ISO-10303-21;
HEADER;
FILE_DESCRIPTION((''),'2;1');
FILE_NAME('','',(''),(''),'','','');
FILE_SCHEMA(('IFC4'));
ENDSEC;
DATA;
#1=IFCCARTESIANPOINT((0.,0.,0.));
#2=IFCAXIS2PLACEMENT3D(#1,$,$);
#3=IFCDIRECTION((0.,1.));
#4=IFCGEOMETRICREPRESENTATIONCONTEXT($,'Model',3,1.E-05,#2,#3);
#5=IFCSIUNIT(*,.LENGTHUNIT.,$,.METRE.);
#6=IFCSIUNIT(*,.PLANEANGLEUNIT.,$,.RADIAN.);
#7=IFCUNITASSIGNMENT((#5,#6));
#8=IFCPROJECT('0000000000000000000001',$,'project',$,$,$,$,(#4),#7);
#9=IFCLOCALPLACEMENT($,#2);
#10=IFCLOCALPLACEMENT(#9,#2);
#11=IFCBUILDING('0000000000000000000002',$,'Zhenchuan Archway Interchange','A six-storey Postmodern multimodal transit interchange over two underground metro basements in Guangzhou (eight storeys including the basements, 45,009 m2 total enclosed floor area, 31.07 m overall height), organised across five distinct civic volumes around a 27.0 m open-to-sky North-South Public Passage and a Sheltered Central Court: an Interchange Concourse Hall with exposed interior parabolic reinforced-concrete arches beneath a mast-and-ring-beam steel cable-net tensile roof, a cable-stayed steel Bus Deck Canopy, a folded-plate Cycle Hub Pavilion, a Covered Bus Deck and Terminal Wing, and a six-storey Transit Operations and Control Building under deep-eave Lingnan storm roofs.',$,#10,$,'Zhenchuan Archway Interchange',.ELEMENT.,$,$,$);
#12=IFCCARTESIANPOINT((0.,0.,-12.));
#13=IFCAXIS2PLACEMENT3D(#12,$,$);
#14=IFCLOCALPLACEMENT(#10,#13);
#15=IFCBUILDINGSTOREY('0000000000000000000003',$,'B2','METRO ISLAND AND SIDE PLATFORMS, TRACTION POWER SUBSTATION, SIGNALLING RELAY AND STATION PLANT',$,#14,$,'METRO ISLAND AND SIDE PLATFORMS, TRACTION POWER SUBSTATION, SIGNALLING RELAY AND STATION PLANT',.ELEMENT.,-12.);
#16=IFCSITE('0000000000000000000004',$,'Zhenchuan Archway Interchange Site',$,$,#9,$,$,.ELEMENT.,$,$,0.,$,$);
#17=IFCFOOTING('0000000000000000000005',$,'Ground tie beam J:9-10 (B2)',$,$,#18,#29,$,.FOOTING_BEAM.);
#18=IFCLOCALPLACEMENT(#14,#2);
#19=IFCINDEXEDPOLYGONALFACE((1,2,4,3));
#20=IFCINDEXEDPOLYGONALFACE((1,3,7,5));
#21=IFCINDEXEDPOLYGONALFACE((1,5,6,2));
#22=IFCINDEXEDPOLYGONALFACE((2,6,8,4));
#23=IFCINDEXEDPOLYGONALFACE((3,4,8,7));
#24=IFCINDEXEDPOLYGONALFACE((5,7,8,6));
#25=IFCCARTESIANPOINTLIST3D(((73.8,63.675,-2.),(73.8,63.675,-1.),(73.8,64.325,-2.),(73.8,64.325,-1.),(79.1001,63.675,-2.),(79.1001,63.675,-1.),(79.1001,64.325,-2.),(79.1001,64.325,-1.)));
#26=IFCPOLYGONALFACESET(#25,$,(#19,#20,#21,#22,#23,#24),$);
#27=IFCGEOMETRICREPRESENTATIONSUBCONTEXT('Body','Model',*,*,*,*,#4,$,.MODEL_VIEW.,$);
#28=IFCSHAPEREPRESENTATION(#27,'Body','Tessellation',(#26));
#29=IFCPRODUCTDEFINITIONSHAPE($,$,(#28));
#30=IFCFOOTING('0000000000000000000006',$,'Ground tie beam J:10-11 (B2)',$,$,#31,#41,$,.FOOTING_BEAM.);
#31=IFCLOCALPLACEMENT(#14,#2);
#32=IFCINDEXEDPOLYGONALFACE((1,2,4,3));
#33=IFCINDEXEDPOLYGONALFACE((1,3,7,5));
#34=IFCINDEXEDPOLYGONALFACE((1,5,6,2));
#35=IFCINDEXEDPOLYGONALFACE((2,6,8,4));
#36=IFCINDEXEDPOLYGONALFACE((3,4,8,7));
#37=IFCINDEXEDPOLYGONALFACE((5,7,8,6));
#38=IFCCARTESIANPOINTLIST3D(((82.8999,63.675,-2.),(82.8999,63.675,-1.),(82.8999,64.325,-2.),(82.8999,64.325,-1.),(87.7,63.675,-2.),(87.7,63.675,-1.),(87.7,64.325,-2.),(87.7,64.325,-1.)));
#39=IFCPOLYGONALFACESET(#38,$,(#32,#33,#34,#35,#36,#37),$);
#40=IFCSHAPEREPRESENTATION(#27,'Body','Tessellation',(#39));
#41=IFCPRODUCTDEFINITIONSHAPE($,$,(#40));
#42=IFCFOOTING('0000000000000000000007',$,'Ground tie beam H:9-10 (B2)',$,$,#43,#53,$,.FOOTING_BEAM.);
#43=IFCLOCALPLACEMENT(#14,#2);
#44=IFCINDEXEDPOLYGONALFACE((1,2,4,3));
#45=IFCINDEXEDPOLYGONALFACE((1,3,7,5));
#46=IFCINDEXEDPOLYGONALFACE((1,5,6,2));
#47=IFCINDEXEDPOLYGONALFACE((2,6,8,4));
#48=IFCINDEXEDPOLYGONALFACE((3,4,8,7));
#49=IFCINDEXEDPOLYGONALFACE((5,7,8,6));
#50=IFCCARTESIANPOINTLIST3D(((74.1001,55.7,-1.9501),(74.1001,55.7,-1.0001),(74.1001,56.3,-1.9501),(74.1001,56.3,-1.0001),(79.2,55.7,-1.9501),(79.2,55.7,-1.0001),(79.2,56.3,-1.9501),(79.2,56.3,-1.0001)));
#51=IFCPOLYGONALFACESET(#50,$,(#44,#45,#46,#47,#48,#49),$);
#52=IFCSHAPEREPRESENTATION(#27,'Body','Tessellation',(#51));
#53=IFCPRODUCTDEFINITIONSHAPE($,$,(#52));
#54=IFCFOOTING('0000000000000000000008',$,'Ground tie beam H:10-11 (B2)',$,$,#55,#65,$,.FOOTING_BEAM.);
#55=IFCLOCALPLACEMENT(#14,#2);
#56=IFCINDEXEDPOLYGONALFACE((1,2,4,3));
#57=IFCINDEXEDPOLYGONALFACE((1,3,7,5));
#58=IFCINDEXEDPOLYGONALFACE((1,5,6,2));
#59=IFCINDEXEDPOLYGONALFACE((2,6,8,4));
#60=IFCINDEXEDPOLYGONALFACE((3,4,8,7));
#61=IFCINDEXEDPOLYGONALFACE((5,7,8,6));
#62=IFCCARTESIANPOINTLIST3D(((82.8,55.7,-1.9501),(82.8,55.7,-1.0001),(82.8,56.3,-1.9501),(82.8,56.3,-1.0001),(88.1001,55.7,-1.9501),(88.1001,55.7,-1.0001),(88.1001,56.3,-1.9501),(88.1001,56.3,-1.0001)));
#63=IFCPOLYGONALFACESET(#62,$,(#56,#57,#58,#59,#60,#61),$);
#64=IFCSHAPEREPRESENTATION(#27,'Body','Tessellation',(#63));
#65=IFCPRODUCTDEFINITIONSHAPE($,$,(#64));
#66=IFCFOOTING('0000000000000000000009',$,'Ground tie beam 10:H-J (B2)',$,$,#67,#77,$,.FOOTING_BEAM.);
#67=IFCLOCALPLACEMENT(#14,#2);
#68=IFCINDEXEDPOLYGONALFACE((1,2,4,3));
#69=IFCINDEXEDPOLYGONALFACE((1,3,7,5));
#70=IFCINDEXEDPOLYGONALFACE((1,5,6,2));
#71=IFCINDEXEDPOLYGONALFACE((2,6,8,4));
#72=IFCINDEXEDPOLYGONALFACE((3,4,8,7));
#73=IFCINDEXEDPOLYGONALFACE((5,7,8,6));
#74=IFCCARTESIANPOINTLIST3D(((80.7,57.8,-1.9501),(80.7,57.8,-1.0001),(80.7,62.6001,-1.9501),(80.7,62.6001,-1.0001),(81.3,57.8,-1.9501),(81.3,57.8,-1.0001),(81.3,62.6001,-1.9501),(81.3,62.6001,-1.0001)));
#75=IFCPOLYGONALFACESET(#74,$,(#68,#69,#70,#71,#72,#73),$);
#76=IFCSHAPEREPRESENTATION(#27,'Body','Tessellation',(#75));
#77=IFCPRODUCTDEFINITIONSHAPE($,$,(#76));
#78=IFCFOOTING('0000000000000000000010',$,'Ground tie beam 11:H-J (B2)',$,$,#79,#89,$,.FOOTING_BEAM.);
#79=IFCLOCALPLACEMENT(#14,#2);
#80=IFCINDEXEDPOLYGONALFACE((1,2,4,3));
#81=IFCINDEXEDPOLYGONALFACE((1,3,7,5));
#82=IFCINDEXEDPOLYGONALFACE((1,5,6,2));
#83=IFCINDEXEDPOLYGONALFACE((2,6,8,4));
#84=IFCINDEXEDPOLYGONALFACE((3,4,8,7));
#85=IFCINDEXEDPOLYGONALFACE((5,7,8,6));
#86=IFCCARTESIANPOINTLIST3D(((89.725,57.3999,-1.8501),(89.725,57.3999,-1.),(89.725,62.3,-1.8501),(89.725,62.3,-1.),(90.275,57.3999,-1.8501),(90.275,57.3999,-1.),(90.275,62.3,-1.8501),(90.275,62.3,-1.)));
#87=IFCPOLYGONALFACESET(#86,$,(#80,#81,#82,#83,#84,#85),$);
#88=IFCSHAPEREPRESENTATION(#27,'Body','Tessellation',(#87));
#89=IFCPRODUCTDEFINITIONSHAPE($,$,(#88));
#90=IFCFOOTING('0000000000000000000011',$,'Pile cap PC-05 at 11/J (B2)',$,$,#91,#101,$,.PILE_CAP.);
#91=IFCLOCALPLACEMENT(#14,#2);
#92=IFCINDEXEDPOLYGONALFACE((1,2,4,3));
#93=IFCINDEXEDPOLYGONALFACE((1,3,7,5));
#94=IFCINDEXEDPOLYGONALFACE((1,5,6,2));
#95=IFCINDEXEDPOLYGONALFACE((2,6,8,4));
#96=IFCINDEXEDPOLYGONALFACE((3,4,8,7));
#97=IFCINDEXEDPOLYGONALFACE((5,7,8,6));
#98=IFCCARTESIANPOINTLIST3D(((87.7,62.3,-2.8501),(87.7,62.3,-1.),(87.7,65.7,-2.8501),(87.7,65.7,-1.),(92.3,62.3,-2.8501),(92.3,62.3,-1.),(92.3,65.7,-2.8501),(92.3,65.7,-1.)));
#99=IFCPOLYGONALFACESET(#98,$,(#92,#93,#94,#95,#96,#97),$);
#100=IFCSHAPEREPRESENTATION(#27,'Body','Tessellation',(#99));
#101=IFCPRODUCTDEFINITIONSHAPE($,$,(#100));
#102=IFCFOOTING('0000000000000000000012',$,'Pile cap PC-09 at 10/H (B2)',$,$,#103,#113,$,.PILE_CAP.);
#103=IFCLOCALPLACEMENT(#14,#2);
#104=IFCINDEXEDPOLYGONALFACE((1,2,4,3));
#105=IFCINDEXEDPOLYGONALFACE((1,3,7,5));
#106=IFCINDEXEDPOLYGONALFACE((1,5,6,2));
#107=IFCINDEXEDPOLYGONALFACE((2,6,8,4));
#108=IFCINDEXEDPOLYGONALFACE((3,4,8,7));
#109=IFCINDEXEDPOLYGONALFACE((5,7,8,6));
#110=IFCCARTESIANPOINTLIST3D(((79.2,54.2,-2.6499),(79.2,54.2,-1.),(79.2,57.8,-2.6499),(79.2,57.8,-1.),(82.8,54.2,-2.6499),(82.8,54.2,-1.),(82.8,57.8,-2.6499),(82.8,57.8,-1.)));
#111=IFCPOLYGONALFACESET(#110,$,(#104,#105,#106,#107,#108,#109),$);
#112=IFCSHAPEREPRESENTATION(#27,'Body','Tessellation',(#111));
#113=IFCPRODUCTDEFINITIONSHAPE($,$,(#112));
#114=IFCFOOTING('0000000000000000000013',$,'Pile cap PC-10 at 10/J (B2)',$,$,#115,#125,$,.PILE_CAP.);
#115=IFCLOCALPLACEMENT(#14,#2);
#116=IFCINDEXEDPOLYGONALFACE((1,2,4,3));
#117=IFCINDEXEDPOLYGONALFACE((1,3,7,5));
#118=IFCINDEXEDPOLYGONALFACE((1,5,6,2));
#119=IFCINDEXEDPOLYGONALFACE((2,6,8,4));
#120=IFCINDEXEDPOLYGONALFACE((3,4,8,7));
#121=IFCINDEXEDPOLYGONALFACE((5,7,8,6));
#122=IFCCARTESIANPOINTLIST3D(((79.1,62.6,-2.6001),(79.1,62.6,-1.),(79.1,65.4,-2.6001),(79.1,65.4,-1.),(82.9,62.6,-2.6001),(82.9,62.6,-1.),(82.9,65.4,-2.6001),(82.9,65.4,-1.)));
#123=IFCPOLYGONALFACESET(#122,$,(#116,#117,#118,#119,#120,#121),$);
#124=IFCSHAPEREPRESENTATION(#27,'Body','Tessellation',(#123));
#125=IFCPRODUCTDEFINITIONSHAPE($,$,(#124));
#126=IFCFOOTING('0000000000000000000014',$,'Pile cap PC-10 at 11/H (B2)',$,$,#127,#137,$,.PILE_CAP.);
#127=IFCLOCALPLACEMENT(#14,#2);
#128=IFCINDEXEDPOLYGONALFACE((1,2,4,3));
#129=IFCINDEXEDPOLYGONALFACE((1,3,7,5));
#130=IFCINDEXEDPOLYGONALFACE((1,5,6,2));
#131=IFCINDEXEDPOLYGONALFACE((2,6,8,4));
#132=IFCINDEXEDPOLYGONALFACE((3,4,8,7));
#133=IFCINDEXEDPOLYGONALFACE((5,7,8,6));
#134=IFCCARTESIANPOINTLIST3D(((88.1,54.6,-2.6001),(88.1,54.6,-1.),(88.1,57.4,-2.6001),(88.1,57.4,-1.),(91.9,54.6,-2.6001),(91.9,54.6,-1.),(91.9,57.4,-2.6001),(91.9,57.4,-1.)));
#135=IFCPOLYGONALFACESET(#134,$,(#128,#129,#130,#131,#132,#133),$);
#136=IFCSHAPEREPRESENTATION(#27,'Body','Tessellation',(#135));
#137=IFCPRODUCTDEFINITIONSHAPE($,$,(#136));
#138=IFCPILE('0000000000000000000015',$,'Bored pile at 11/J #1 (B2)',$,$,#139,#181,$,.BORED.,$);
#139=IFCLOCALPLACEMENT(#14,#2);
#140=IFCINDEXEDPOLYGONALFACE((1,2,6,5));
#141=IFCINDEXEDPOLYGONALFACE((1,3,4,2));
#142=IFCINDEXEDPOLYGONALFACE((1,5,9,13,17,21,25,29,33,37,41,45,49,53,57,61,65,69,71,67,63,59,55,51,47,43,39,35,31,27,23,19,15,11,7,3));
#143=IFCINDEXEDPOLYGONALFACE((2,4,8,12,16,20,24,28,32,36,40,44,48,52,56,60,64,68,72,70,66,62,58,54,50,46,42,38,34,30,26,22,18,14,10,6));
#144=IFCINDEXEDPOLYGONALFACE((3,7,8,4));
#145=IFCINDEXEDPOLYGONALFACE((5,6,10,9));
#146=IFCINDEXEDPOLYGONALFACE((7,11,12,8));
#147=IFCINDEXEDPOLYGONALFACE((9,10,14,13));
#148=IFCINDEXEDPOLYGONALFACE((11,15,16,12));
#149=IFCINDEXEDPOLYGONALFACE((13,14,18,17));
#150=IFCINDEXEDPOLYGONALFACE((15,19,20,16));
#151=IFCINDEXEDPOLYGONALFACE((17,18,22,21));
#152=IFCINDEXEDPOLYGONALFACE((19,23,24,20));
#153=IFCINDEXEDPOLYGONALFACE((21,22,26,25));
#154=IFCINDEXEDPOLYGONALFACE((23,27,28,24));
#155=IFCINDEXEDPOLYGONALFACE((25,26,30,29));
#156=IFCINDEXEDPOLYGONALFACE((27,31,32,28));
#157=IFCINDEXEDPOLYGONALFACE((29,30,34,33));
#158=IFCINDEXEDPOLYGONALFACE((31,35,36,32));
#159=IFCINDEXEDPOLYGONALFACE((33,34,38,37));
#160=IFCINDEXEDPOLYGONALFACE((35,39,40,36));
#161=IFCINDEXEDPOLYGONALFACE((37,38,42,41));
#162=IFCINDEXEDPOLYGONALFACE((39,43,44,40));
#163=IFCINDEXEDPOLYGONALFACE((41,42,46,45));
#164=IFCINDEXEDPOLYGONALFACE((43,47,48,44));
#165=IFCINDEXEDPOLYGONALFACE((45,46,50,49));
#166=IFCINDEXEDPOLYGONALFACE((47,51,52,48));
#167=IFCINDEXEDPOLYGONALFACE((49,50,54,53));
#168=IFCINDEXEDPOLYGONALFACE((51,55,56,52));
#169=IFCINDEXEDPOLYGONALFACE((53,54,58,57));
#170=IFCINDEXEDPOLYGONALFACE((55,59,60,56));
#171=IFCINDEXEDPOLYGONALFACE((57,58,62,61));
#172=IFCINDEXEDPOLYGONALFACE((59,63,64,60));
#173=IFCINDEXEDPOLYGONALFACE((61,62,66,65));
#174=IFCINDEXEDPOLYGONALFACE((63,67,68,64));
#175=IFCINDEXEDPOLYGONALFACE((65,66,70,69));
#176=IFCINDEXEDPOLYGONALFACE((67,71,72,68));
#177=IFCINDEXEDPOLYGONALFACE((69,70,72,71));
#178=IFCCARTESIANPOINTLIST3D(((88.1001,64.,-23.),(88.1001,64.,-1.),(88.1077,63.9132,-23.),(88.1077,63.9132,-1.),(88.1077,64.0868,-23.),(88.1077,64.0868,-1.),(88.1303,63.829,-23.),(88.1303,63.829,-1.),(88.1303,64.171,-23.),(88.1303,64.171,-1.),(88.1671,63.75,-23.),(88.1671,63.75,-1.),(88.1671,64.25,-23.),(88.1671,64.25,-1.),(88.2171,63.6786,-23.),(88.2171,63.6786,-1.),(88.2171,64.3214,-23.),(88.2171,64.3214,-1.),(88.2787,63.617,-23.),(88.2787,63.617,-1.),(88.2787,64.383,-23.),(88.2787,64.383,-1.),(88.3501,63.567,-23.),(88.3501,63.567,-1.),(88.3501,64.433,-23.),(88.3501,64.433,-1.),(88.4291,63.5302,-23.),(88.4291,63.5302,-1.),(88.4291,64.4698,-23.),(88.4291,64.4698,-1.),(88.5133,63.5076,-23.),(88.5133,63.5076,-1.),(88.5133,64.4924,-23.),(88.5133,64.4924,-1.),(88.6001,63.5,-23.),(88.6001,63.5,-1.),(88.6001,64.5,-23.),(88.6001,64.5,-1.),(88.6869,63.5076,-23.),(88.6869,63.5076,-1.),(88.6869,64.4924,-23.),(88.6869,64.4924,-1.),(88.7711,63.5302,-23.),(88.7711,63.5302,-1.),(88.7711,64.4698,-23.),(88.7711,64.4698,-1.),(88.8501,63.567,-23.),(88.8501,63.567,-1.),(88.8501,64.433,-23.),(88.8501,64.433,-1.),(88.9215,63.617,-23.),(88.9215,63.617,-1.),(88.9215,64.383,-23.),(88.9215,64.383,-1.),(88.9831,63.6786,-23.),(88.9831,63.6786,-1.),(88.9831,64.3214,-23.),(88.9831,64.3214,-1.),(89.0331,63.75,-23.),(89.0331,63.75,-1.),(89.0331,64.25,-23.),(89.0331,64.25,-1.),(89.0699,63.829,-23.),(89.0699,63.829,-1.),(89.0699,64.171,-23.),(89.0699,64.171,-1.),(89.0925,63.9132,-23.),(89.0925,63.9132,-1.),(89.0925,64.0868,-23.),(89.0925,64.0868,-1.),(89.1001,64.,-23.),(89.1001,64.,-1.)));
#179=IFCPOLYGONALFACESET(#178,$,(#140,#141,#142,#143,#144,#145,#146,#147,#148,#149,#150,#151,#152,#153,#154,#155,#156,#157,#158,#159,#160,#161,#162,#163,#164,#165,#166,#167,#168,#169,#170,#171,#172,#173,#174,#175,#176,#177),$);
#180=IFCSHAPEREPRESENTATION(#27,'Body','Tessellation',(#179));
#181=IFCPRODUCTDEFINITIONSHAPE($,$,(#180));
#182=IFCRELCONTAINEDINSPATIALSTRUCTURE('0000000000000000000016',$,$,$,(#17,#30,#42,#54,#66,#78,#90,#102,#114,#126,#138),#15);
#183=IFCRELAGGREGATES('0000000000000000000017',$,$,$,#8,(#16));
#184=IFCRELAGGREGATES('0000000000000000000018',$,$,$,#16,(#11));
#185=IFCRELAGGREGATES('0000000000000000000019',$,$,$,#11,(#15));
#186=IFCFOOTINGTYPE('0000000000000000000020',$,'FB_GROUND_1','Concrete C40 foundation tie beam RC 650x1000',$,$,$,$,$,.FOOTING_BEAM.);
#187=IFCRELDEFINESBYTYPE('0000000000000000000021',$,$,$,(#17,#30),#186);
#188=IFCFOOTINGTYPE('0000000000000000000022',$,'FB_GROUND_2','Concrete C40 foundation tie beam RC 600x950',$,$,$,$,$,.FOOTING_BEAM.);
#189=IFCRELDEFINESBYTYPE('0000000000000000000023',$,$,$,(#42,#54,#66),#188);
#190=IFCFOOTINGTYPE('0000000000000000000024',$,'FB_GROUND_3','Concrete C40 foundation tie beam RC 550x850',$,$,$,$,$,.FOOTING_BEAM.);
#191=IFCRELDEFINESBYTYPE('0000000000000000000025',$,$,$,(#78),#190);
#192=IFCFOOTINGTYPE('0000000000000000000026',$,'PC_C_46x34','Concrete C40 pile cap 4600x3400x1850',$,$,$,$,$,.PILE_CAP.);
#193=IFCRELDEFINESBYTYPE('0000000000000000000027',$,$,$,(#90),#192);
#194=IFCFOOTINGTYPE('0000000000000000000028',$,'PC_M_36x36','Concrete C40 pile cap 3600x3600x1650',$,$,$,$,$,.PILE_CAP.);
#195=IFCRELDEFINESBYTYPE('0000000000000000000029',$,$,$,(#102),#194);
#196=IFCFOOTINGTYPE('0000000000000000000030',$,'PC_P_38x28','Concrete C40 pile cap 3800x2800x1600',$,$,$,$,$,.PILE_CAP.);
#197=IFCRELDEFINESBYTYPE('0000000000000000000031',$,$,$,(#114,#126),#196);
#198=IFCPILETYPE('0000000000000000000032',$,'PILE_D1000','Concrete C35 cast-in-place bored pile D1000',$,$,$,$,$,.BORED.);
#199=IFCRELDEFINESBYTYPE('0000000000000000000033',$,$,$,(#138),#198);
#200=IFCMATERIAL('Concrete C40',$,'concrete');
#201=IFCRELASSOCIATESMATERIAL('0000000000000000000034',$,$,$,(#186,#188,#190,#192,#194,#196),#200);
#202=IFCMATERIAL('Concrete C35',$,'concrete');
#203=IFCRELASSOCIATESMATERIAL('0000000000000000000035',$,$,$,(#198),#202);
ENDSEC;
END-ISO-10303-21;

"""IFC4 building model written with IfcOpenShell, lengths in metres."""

from ifc_helpers import new_model, si_unit, direction, frame, origin, origin_2d, place, context, subcontext, project, spatial, rectangle, circle, extrude, material, material_profile, profile_set, type_object, element, save


model = new_model("IFC4")

# Units and contexts
model_context = context("Model", 3, precision=1e-05, world=origin(), true_north=direction((0.0, 1.0)))
body_context = subcontext(model_context, "Body", "Model", "MODEL_VIEW")
ifc_project = project(units=[si_unit("LENGTHUNIT", "METRE"), si_unit("PLANEANGLEUNIT", "RADIAN")], contexts=[model_context])

# Site, building, storey
site_placement = place(None, origin())
site = spatial("IfcSite", under=ifc_project, at=site_placement, Name="Zhenchuan Archway Interchange Site", CompositionType="ELEMENT", RefElevation=0.0)
building_placement = place(site_placement, origin())
building = spatial("IfcBuilding", under=site, at=building_placement, Name="Zhenchuan Archway Interchange", Description="A six-storey Postmodern multimodal transit interchange over two underground metro basements in Guangzhou (eight storeys including the basements, 45,009 m2 total enclosed floor area, 31.07 m overall height), organised across five distinct civic volumes around a 27.0 m open-to-sky North-South Public Passage and a Sheltered Central Court: an Interchange Concourse Hall with exposed interior parabolic reinforced-concrete arches beneath a mast-and-ring-beam steel cable-net tensile roof, a cable-stayed steel Bus Deck Canopy, a folded-plate Cycle Hub Pavilion, a Covered Bus Deck and Terminal Wing, and a six-storey Transit Operations and Control Building under deep-eave Lingnan storm roofs.", LongName="Zhenchuan Archway Interchange", CompositionType="ELEMENT")
storey_placement = place(building_placement, frame((0.0, 0.0, -12.0)))
storey = spatial("IfcBuildingStorey", under=building, at=storey_placement, Name="B2", Description="METRO ISLAND AND SIDE PLATFORMS, TRACTION POWER SUBSTATION, SIGNALLING RELAY AND STATION PLANT", LongName="METRO ISLAND AND SIDE PLATFORMS, TRACTION POWER SUBSTATION, SIGNALLING RELAY AND STATION PLANT", CompositionType="ELEMENT", Elevation=-12.0)

# Footings
ifc_material_1 = material(Name="Concrete C40", Category="concrete")
ifc_material_profile_1 = material_profile(ifc_material_1, rectangle(XDim=0.6499, YDim=1.0, at=origin_2d()), Name="RC 650x1000")
ifc_profile_set_1 = profile_set([ifc_material_profile_1], Name="Concrete C40")
footing_type_1 = type_object("IfcFootingType", Name="FB_GROUND_1", Description="Concrete C40 foundation tie beam RC 650x1000", PredefinedType="FOOTING_BEAM", material=ifc_profile_set_1)
footing_1_placement = place(storey_placement, frame((73.8, 64.0, -1.5), z_axis=(1.0, 0.0, 0.0), x_axis=(0.0, 1.0, 0.0)))
element("IfcFooting", 1, at=footing_1_placement, inside=storey, type_object=footing_type_1, Name="Ground tie beam J:9-10 (B2)", PredefinedType="FOOTING_BEAM", context=body_context, shape_type="SweptSolid", body=[
    extrude(rectangle(XDim=0.6499, YDim=1.0, at=origin_2d()), origin(), (0.0, 0.0, 1.0), 5.3),
])
footing_2_placement = place(storey_placement, frame((82.8999, 64.0, -1.5), z_axis=(1.0, 0.0, 0.0), x_axis=(0.0, 1.0, 0.0)))
element("IfcFooting", 2, at=footing_2_placement, inside=storey, type_object=footing_type_1, Name="Ground tie beam J:10-11 (B2)", PredefinedType="FOOTING_BEAM", context=body_context, shape_type="SweptSolid", body=[
    extrude(rectangle(XDim=0.6499, YDim=1.0, at=origin_2d()), origin(), (0.0, 0.0, 1.0), 4.8),
])
ifc_material_profile_2 = material_profile(ifc_material_1, rectangle(XDim=0.6001, YDim=0.95, at=origin_2d()), Name="RC 600x950")
ifc_profile_set_2 = profile_set([ifc_material_profile_2], Name="Concrete C40")
footing_type_2 = type_object("IfcFootingType", Name="FB_GROUND_2", Description="Concrete C40 foundation tie beam RC 600x950", PredefinedType="FOOTING_BEAM", material=ifc_profile_set_2)
footing_3_placement = place(storey_placement, frame((74.1001, 56.0, -1.4751), z_axis=(1.0, 0.0, 0.0), x_axis=(0.0, 1.0, 0.0)))
element("IfcFooting", 3, at=footing_3_placement, inside=storey, type_object=footing_type_2, Name="Ground tie beam H:9-10 (B2)", PredefinedType="FOOTING_BEAM", context=body_context, shape_type="SweptSolid", body=[
    extrude(rectangle(XDim=0.6001, YDim=0.95, at=origin_2d()), origin(), (0.0, 0.0, 1.0), 5.0999),
])
footing_4_placement = place(storey_placement, frame((82.8, 56.0, -1.4751), z_axis=(1.0, 0.0, 0.0), x_axis=(0.0, 1.0, 0.0)))
element("IfcFooting", 4, at=footing_4_placement, inside=storey, type_object=footing_type_2, Name="Ground tie beam H:10-11 (B2)", PredefinedType="FOOTING_BEAM", context=body_context, shape_type="SweptSolid", body=[
    extrude(rectangle(XDim=0.6001, YDim=0.95, at=origin_2d()), origin(), (0.0, 0.0, 1.0), 5.3),
])
footing_5_placement = place(storey_placement, frame((81.0, 57.8, -1.4751), z_axis=(0.0, 1.0, 0.0), x_axis=(-1.0, 0.0, 0.0)))
element("IfcFooting", 5, at=footing_5_placement, inside=storey, type_object=footing_type_2, Name="Ground tie beam 10:H-J (B2)", PredefinedType="FOOTING_BEAM", context=body_context, shape_type="SweptSolid", body=[
    extrude(rectangle(XDim=0.6001, YDim=0.95, at=origin_2d()), origin(), (0.0, 0.0, 1.0), 4.8),
])
ifc_material_profile_3 = material_profile(ifc_material_1, rectangle(XDim=0.55, YDim=0.8501, at=origin_2d()), Name="RC 550x850")
ifc_profile_set_3 = profile_set([ifc_material_profile_3], Name="Concrete C40")
footing_type_3 = type_object("IfcFootingType", Name="FB_GROUND_3", Description="Concrete C40 foundation tie beam RC 550x850", PredefinedType="FOOTING_BEAM", material=ifc_profile_set_3)
footing_6_placement = place(storey_placement, frame((90.0, 57.3999, -1.425), z_axis=(0.0, 1.0, 0.0), x_axis=(-1.0, 0.0, 0.0)))
element("IfcFooting", 6, at=footing_6_placement, inside=storey, type_object=footing_type_3, Name="Ground tie beam 11:H-J (B2)", PredefinedType="FOOTING_BEAM", context=body_context, shape_type="SweptSolid", body=[
    extrude(rectangle(XDim=0.55, YDim=0.8501, at=origin_2d()), origin(), (0.0, 0.0, 1.0), 4.9001),
])
footing_type_4 = type_object("IfcFootingType", Name="PC_C_46x34", Description="Concrete C40 pile cap 4600x3400x1850", PredefinedType="PILE_CAP", material=ifc_material_1)
footing_7_placement = place(storey_placement, frame((90.0, 64.0, -2.8501), z_axis=(0.0, 0.0, 1.0), x_axis=(1.0, 0.0, 0.0)))
element("IfcFooting", 7, at=footing_7_placement, inside=storey, type_object=footing_type_4, Name="Pile cap PC-05 at 11/J (B2)", PredefinedType="PILE_CAP", context=body_context, shape_type="SweptSolid", body=[
    extrude(rectangle(XDim=4.6001, YDim=3.3999, at=origin_2d()), origin(), (0.0, 0.0, 1.0), 1.8501),
])
footing_type_5 = type_object("IfcFootingType", Name="PC_M_36x36", Description="Concrete C40 pile cap 3600x3600x1650", PredefinedType="PILE_CAP", material=ifc_material_1)
footing_8_placement = place(storey_placement, frame((81.0, 56.0, -2.6499), z_axis=(0.0, 0.0, 1.0), x_axis=(1.0, 0.0, 0.0)))
element("IfcFooting", 8, at=footing_8_placement, inside=storey, type_object=footing_type_5, Name="Pile cap PC-09 at 10/H (B2)", PredefinedType="PILE_CAP", context=body_context, shape_type="SweptSolid", body=[
    extrude(rectangle(XDim=3.6001, YDim=3.6001, at=origin_2d()), origin(), (0.0, 0.0, 1.0), 1.6499),
])
footing_type_6 = type_object("IfcFootingType", Name="PC_P_38x28", Description="Concrete C40 pile cap 3800x2800x1600", PredefinedType="PILE_CAP", material=ifc_material_1)
for number, where, z_axis, x_axis, name in (
    (9, (81.0, 64.0, -2.6001), (0.0, 0.0, 1.0), (1.0, 0.0, 0.0), "Pile cap PC-10 at 10/J (B2)"),
    (10, (90.0, 56.0, -2.6001), (0.0, 0.0, 1.0), (1.0, 0.0, 0.0), "Pile cap PC-10 at 11/H (B2)"),
):
    element("IfcFooting", number, at=place(storey_placement, frame(where, z_axis=z_axis, x_axis=x_axis)), inside=storey, type_object=footing_type_6, Name=name, PredefinedType="PILE_CAP", context=body_context, shape_type="SweptSolid", body=[
        extrude(rectangle(XDim=3.8, YDim=2.8, at=origin_2d()), origin(), (0.0, 0.0, 1.0), 1.6001),
    ])

# Pile
ifc_material_2 = material(Name="Concrete C35", Category="concrete")
ifc_material_profile_4 = material_profile(ifc_material_2, circle(Radius=0.5, at=origin_2d()), Name="BORED PILE 1000")
ifc_profile_set_4 = profile_set([ifc_material_profile_4], Name="Concrete C35")
pile_type_1 = type_object("IfcPileType", Name="PILE_D1000", Description="Concrete C35 cast-in-place bored pile D1000", PredefinedType="BORED", material=ifc_profile_set_4)
for number, where, z_axis, x_axis, name in (
    (11, (88.6001, 64.0, -1.0), (0.0, 0.0, -1.0), (1.0, 0.0, 0.0), "Bored pile at 11/J #1 (B2)"),
):
    element("IfcPile", number, at=place(storey_placement, frame(where, z_axis=z_axis, x_axis=x_axis)), inside=storey, type_object=pile_type_1, Name=name, PredefinedType="BORED", context=body_context, shape_type="SweptSolid", body=[
        extrude(circle(Radius=0.5, at=origin_2d()), origin(), (0.0, 0.0, 1.0), 22.0),
    ])

save(model, "model.ifc")
